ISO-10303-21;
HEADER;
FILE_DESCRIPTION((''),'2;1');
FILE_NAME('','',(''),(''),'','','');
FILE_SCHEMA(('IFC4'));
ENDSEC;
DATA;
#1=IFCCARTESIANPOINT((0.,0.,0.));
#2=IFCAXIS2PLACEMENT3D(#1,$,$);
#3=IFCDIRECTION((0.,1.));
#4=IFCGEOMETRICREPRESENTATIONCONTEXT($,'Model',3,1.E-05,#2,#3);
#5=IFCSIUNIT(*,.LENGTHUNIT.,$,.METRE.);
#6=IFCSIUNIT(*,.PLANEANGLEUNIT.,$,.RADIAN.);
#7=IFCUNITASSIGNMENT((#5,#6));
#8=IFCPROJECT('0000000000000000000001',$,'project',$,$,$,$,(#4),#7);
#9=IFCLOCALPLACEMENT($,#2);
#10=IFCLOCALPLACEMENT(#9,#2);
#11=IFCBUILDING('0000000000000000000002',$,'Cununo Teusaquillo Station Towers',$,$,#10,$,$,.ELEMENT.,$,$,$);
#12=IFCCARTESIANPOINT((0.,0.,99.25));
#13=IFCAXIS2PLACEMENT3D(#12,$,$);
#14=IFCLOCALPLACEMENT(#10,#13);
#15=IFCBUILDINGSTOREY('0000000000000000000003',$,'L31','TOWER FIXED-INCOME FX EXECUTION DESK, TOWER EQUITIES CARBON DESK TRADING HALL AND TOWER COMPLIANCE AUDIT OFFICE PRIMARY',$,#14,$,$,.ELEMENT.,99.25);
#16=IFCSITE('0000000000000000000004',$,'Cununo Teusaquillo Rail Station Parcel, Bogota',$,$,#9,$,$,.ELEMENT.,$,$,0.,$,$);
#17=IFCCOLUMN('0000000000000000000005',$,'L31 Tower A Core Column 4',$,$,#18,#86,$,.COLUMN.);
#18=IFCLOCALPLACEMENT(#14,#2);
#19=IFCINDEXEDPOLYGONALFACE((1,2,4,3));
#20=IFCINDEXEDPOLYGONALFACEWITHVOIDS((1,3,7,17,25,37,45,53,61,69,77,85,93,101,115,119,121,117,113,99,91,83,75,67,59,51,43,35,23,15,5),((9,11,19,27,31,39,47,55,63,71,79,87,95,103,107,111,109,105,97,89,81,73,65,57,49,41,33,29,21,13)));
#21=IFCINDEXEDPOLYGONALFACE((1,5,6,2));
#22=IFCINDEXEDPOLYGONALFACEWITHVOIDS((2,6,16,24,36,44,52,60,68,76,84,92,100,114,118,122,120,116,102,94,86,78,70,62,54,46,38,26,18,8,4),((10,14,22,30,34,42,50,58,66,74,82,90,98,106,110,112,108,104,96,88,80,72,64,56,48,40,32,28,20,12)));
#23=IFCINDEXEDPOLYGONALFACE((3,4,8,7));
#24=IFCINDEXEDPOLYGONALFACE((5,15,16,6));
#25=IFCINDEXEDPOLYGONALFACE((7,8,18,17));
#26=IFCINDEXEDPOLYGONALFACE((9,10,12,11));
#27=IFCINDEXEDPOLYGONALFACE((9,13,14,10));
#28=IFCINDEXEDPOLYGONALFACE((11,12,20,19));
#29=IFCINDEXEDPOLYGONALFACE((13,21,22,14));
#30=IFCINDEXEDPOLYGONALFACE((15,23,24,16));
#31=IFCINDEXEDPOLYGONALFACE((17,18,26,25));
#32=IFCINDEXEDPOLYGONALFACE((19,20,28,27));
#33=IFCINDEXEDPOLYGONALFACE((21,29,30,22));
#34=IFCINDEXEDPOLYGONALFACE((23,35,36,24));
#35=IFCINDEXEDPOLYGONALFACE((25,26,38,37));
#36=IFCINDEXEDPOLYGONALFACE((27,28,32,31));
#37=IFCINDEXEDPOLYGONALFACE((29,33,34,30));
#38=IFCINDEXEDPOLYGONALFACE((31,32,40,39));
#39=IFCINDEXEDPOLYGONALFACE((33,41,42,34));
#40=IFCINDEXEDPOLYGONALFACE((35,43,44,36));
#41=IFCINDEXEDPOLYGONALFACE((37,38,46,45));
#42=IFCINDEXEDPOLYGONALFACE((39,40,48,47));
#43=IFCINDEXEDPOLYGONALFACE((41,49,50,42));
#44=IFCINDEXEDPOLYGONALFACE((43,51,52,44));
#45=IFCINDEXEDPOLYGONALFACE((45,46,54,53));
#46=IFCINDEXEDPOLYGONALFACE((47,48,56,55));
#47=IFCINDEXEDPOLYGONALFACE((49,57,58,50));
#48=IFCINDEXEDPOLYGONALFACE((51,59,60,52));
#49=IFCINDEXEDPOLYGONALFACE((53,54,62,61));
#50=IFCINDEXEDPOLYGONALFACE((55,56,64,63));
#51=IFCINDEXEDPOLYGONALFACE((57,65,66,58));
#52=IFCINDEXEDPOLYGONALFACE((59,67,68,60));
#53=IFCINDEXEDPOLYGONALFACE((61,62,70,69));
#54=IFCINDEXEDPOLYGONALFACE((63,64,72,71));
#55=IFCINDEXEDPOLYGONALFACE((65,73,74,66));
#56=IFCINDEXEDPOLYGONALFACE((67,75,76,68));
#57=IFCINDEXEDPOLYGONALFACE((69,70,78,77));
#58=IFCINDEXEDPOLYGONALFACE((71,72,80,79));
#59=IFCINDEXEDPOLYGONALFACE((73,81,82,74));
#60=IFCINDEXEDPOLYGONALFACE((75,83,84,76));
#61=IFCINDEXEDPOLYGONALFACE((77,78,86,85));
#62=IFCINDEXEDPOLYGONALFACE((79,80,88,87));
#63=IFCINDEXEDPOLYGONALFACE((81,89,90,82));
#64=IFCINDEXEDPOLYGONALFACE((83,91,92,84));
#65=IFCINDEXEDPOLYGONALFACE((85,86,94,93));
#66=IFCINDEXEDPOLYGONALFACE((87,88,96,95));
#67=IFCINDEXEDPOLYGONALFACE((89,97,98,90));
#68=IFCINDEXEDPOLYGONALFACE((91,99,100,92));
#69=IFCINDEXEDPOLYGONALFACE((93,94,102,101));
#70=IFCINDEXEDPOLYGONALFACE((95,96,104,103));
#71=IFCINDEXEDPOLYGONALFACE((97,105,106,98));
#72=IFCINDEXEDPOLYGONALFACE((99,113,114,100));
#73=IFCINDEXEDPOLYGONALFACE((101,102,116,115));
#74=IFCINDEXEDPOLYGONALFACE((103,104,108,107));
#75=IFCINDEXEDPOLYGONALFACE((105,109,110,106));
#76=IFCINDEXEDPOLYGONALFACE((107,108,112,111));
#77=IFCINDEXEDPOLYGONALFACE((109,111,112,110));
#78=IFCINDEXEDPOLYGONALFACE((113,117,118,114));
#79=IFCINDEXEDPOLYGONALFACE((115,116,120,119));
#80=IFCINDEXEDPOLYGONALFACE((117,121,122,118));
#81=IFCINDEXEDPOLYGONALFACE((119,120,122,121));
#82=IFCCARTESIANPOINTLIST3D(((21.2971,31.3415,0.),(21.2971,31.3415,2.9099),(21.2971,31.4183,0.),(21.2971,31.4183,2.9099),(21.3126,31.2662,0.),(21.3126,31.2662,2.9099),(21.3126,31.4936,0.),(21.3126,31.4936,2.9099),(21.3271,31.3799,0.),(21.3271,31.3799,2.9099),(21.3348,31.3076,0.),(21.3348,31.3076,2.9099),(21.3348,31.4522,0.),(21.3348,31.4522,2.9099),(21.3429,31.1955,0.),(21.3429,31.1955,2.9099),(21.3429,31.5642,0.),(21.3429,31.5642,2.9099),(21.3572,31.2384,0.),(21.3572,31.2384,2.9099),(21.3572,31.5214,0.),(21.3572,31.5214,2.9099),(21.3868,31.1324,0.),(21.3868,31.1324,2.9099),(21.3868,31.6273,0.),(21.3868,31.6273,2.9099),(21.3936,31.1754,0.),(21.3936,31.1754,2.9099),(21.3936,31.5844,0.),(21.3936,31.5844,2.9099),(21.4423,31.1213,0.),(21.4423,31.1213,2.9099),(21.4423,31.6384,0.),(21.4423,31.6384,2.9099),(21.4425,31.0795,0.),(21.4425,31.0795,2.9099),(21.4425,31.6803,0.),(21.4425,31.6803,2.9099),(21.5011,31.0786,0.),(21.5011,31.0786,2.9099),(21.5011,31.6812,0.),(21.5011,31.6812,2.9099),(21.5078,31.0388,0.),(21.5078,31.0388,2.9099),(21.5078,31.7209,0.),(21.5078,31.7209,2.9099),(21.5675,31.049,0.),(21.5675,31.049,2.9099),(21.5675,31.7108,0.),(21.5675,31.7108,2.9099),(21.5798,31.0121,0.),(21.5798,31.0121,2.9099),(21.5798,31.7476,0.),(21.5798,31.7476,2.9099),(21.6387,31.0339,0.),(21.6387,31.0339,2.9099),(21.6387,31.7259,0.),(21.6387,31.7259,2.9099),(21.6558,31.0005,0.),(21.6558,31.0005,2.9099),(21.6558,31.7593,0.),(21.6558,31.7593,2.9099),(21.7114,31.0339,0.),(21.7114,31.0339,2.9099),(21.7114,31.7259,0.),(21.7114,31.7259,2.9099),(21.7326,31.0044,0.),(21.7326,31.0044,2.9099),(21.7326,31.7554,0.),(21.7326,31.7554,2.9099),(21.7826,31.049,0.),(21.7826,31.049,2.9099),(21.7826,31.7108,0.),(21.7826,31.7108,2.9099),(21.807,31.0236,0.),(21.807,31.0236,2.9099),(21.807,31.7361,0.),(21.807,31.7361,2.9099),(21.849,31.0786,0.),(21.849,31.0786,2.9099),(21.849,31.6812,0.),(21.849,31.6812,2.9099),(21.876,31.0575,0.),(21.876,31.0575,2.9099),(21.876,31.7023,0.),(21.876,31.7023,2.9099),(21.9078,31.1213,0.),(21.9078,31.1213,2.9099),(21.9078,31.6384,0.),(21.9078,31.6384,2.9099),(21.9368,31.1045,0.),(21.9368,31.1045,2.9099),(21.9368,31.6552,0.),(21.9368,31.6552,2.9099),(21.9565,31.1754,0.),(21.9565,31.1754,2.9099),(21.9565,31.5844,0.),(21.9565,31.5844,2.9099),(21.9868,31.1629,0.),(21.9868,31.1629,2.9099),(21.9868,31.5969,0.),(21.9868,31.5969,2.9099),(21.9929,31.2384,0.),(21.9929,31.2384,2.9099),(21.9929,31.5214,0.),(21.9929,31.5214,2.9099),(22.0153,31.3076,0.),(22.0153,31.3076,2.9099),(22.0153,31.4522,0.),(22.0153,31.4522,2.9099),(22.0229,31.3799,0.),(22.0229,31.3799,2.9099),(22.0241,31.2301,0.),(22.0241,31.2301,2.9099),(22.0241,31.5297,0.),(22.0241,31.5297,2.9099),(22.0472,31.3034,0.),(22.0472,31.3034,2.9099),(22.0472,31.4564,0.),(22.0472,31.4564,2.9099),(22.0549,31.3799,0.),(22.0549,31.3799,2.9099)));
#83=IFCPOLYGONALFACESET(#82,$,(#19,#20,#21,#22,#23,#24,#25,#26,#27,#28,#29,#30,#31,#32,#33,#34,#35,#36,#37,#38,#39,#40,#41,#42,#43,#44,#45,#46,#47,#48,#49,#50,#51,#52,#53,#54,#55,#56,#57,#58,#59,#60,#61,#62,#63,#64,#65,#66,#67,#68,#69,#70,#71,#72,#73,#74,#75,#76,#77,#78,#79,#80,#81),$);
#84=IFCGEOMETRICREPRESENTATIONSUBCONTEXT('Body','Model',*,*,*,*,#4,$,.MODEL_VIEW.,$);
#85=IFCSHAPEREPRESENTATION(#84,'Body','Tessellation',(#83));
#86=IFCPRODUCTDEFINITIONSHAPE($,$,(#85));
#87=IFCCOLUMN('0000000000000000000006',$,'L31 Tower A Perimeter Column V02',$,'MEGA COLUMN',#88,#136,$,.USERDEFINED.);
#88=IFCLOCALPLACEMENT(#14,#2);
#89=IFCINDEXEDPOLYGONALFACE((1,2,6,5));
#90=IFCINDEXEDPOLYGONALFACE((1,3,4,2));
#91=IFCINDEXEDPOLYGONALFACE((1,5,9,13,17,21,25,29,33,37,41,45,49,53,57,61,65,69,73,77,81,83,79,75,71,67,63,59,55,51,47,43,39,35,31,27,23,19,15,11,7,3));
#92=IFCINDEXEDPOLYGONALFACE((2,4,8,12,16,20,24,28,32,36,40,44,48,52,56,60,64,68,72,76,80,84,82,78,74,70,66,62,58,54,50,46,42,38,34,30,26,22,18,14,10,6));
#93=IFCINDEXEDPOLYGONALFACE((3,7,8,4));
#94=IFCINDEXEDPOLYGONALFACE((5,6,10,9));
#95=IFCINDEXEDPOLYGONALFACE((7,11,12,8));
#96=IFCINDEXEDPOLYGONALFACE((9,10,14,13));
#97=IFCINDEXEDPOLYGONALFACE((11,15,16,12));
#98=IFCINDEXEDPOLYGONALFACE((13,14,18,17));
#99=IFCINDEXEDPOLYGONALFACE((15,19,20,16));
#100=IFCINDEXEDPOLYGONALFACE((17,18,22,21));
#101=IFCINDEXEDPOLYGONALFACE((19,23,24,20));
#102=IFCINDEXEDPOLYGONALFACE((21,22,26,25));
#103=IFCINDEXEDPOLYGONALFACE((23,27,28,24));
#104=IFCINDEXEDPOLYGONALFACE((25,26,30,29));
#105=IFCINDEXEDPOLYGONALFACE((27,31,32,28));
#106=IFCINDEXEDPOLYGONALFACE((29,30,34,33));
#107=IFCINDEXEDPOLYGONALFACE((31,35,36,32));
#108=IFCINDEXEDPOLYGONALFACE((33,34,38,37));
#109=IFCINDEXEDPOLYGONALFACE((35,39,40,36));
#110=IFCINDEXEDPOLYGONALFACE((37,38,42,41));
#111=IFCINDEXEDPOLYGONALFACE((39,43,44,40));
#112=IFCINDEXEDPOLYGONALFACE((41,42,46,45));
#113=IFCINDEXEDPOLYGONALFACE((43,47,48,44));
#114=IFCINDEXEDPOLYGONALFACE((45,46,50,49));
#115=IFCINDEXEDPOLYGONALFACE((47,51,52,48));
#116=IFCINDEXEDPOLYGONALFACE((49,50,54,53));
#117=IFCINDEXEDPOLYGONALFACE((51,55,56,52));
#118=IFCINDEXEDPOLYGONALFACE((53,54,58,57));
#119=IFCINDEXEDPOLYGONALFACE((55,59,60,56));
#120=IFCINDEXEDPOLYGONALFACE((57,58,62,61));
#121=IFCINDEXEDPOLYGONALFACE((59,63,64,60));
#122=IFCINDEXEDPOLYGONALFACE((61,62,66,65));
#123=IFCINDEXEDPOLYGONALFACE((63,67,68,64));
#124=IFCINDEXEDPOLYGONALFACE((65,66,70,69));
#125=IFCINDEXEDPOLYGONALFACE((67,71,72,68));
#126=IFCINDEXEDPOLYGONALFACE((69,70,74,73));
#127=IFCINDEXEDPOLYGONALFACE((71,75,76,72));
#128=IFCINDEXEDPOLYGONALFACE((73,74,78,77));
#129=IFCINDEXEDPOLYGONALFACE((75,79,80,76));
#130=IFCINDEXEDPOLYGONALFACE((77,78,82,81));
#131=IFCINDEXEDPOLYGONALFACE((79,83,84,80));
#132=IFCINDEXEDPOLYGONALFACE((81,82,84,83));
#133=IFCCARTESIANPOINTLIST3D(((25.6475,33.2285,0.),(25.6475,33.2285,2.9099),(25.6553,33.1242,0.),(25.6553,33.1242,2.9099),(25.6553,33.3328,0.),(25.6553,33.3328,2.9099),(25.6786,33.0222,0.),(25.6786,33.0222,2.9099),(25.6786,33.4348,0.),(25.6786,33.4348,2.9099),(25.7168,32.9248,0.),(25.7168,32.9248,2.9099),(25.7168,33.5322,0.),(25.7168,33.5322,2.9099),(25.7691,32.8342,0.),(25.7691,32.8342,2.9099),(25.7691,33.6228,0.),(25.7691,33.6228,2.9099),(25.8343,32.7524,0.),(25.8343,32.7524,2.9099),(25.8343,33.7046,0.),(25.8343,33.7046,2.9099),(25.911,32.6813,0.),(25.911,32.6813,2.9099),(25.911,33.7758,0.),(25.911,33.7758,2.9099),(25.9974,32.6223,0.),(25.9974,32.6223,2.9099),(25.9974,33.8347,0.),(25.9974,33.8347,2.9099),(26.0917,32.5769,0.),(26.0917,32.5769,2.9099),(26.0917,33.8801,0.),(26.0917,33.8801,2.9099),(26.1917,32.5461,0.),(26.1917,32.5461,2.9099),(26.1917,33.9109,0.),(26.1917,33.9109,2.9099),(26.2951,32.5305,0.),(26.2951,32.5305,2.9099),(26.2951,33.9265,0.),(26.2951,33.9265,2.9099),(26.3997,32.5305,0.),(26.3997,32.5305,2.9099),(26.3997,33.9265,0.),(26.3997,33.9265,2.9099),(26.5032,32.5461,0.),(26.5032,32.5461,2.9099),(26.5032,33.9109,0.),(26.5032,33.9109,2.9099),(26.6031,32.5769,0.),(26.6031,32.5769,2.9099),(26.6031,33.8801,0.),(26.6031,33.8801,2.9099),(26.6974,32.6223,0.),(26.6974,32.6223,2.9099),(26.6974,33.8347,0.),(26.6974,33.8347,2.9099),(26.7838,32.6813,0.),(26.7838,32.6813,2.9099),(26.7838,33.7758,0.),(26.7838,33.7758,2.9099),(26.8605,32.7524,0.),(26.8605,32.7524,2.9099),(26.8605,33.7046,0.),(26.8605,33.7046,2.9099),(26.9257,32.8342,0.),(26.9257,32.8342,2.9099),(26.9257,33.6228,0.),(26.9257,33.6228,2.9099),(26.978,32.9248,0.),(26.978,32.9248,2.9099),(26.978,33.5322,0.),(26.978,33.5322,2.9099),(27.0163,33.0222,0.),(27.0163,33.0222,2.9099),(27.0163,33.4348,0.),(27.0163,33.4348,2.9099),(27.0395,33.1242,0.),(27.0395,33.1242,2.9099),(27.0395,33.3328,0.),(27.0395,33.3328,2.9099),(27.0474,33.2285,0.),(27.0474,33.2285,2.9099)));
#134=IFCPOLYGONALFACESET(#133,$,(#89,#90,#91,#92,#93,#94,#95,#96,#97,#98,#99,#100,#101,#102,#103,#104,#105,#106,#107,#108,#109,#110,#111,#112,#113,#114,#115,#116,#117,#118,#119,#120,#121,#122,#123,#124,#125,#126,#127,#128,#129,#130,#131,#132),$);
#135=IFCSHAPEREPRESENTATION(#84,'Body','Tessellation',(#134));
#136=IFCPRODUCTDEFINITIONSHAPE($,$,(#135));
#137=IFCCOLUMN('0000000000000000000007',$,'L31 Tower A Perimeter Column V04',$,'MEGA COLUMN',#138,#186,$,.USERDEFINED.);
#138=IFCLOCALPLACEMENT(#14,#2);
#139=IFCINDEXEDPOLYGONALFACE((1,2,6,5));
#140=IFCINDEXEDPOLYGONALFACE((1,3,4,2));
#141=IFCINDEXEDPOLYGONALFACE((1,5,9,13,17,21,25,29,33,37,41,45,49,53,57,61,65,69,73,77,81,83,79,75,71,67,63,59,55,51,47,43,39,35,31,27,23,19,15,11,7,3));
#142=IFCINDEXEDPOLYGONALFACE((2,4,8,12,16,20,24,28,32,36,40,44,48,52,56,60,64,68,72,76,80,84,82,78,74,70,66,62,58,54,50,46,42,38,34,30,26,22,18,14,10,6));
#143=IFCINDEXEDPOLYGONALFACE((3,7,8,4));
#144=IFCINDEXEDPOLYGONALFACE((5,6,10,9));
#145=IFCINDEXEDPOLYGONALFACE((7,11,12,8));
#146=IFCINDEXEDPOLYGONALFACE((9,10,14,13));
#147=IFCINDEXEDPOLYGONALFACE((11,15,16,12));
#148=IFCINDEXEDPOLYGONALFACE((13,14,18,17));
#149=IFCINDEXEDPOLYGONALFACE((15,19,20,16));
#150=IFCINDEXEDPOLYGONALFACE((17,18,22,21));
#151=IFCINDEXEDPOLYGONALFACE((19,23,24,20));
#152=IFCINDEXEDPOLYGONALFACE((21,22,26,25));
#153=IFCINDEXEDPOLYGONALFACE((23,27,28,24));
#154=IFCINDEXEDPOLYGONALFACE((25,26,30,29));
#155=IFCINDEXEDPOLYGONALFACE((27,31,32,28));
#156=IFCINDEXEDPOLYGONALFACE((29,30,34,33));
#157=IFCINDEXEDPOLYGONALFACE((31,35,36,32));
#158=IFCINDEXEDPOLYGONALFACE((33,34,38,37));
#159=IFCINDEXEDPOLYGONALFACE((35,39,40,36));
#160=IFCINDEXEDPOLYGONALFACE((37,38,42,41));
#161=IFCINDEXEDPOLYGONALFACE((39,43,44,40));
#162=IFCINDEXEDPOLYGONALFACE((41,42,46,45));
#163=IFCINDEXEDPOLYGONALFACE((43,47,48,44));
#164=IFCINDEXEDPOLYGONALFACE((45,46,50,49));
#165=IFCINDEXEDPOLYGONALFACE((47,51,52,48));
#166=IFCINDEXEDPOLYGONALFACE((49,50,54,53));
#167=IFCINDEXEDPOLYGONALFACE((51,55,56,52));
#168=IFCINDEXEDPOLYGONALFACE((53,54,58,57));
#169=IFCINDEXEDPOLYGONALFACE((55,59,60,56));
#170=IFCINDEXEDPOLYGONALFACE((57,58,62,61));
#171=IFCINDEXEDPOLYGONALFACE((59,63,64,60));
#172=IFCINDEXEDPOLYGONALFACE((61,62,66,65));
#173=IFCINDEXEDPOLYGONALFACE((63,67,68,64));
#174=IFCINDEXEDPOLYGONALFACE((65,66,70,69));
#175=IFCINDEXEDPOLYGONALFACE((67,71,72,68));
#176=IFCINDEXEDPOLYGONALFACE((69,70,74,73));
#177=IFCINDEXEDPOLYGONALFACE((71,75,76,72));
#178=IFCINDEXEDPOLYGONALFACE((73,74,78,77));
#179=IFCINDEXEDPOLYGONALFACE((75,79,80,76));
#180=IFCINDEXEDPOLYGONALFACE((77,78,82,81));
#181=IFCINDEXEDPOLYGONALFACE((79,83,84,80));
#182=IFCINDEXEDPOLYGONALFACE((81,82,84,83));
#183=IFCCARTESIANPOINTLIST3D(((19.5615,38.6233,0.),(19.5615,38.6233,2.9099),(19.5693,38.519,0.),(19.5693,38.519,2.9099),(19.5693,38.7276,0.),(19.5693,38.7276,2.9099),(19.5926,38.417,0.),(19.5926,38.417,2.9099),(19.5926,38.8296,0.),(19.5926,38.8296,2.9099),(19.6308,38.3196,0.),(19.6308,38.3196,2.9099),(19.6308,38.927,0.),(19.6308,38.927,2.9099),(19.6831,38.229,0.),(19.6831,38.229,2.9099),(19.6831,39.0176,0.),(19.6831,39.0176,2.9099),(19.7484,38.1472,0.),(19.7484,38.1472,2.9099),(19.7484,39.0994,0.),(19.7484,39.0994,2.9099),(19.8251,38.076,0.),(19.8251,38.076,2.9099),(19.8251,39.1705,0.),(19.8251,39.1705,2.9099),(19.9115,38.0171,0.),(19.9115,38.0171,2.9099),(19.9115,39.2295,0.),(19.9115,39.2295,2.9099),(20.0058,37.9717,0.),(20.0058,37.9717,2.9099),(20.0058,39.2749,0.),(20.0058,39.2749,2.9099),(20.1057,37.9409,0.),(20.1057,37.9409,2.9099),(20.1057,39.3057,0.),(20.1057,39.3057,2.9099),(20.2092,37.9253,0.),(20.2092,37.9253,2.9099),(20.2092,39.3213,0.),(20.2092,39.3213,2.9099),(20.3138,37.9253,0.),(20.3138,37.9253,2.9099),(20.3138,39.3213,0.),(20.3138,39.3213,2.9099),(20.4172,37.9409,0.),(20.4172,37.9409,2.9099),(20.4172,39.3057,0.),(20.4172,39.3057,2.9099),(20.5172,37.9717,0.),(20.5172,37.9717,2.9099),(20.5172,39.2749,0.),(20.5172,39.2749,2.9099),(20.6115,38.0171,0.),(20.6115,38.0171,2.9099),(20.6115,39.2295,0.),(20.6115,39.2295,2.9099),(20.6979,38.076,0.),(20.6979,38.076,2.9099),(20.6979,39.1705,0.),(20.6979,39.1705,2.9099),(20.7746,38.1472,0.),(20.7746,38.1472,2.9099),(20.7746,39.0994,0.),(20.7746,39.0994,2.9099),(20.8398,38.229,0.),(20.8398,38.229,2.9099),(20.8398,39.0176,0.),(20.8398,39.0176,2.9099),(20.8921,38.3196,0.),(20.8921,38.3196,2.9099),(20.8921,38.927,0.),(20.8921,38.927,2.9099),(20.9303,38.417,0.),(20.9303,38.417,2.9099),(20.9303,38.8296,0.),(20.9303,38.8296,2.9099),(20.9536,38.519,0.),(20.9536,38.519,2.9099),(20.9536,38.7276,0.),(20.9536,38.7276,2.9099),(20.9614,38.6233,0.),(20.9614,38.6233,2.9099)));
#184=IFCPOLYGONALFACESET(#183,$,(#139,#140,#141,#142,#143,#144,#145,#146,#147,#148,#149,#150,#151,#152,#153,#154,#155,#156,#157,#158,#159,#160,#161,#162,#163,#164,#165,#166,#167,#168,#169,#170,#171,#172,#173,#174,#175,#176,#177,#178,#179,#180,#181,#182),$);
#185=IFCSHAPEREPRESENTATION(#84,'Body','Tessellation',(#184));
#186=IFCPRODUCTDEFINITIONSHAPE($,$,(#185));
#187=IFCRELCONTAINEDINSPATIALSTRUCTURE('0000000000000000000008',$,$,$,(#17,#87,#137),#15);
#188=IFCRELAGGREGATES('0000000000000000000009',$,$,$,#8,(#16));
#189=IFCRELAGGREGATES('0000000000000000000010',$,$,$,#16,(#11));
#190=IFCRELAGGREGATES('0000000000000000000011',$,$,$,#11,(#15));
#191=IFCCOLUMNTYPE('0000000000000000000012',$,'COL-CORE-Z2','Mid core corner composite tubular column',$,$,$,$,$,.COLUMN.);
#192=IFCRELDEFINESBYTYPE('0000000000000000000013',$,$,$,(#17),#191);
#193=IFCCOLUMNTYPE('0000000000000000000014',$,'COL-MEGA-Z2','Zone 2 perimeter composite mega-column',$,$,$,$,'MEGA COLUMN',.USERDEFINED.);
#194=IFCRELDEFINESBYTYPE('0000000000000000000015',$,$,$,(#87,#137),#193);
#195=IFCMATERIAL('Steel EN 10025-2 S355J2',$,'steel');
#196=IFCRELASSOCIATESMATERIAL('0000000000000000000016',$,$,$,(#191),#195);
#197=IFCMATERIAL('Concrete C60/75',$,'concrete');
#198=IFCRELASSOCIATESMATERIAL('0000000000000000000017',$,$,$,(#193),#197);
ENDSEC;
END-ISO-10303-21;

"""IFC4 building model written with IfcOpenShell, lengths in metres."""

from ifc_helpers import new_model, si_unit, direction, frame, origin, origin_2d, place, context, subcontext, project, spatial, circle, hollow_circle, extrude, material, material_profile, profile_set, type_object, element, save


model = new_model("IFC4")

# Units and contexts
model_context = context("Model", 3, precision=1e-05, world=origin(), true_north=direction((0.0, 1.0)))
body_context = subcontext(model_context, "Body", "Model", "MODEL_VIEW")
ifc_project = project(units=[si_unit("LENGTHUNIT", "METRE"), si_unit("PLANEANGLEUNIT", "RADIAN")], contexts=[model_context])

# Site, building, storey
site_placement = place(None, origin())
site = spatial("IfcSite", under=ifc_project, at=site_placement, Name="Cununo Teusaquillo Rail Station Parcel, Bogota", CompositionType="ELEMENT", RefElevation=0.0)
building_placement = place(site_placement, origin())
building = spatial("IfcBuilding", under=site, at=building_placement, Name="Cununo Teusaquillo Station Towers", CompositionType="ELEMENT")
storey_placement = place(building_placement, frame((0.0, 0.0, 99.25)))
storey = spatial("IfcBuildingStorey", under=building, at=storey_placement, Name="L31", Description="TOWER FIXED-INCOME FX EXECUTION DESK, TOWER EQUITIES CARBON DESK TRADING HALL AND TOWER COMPLIANCE AUDIT OFFICE PRIMARY", CompositionType="ELEMENT", Elevation=99.25)

# Columns
ifc_material_1 = material(Name="Steel EN 10025-2 S355J2", Category="steel")
ifc_material_profile_1 = material_profile(ifc_material_1, hollow_circle(Radius=0.3799, WallThickness=0.032, at=origin_2d()), Name="CHS 760x32")
ifc_profile_set_1 = profile_set([ifc_material_profile_1], Name="Steel EN 10025-2 S355J2")
column_type_1 = type_object("IfcColumnType", Name="COL-CORE-Z2", Description="Mid core corner composite tubular column", PredefinedType="COLUMN", material=ifc_profile_set_1)
column_placement = place(storey_placement, frame((21.675, 31.3799, 0.0), z_axis=(0.0, 0.0, 1.0), x_axis=(1.0, 0.0, 0.0)))
element("IfcColumn", 1, at=column_placement, inside=storey, type_object=column_type_1, Name="L31 Tower A Core Column 4", PredefinedType="COLUMN", context=body_context, shape_type="SweptSolid", body=[
    extrude(hollow_circle(Radius=0.3799, WallThickness=0.032, at=origin_2d()), origin(), (0.0, 0.0, 1.0), 2.9099),
])
ifc_material_2 = material(Name="Concrete C60/75", Category="concrete")
ifc_material_profile_2 = material_profile(ifc_material_2, circle(Radius=0.7, at=origin_2d()), Name="RC-CIRC-1400")
ifc_profile_set_2 = profile_set([ifc_material_profile_2], Name="Concrete C60/75")
column_type_2 = type_object("IfcColumnType", Name="COL-MEGA-Z2", Description="Zone 2 perimeter composite mega-column", ElementType="MEGA COLUMN", PredefinedType="USERDEFINED", material=ifc_profile_set_2)
for number, where, z_axis, x_axis, name in (
    (2, (26.3474, 33.2285, 0.0), (0.0, 0.0, 1.0), (1.0, 0.0, 0.0), "L31 Tower A Perimeter Column V02"),
    (3, (20.2615, 38.6233, 0.0), (0.0, 0.0, 1.0), (1.0, 0.0, 0.0), "L31 Tower A Perimeter Column V04"),
):
    element("IfcColumn", number, at=place(storey_placement, frame(where, z_axis=z_axis, x_axis=x_axis)), inside=storey, type_object=column_type_2, Name=name, ObjectType="MEGA COLUMN", PredefinedType="USERDEFINED", context=body_context, shape_type="SweptSolid", body=[
        extrude(circle(Radius=0.7, at=origin_2d()), origin(), (0.0, 0.0, 1.0), 2.9099),
    ])

save(model, "model.ifc")
